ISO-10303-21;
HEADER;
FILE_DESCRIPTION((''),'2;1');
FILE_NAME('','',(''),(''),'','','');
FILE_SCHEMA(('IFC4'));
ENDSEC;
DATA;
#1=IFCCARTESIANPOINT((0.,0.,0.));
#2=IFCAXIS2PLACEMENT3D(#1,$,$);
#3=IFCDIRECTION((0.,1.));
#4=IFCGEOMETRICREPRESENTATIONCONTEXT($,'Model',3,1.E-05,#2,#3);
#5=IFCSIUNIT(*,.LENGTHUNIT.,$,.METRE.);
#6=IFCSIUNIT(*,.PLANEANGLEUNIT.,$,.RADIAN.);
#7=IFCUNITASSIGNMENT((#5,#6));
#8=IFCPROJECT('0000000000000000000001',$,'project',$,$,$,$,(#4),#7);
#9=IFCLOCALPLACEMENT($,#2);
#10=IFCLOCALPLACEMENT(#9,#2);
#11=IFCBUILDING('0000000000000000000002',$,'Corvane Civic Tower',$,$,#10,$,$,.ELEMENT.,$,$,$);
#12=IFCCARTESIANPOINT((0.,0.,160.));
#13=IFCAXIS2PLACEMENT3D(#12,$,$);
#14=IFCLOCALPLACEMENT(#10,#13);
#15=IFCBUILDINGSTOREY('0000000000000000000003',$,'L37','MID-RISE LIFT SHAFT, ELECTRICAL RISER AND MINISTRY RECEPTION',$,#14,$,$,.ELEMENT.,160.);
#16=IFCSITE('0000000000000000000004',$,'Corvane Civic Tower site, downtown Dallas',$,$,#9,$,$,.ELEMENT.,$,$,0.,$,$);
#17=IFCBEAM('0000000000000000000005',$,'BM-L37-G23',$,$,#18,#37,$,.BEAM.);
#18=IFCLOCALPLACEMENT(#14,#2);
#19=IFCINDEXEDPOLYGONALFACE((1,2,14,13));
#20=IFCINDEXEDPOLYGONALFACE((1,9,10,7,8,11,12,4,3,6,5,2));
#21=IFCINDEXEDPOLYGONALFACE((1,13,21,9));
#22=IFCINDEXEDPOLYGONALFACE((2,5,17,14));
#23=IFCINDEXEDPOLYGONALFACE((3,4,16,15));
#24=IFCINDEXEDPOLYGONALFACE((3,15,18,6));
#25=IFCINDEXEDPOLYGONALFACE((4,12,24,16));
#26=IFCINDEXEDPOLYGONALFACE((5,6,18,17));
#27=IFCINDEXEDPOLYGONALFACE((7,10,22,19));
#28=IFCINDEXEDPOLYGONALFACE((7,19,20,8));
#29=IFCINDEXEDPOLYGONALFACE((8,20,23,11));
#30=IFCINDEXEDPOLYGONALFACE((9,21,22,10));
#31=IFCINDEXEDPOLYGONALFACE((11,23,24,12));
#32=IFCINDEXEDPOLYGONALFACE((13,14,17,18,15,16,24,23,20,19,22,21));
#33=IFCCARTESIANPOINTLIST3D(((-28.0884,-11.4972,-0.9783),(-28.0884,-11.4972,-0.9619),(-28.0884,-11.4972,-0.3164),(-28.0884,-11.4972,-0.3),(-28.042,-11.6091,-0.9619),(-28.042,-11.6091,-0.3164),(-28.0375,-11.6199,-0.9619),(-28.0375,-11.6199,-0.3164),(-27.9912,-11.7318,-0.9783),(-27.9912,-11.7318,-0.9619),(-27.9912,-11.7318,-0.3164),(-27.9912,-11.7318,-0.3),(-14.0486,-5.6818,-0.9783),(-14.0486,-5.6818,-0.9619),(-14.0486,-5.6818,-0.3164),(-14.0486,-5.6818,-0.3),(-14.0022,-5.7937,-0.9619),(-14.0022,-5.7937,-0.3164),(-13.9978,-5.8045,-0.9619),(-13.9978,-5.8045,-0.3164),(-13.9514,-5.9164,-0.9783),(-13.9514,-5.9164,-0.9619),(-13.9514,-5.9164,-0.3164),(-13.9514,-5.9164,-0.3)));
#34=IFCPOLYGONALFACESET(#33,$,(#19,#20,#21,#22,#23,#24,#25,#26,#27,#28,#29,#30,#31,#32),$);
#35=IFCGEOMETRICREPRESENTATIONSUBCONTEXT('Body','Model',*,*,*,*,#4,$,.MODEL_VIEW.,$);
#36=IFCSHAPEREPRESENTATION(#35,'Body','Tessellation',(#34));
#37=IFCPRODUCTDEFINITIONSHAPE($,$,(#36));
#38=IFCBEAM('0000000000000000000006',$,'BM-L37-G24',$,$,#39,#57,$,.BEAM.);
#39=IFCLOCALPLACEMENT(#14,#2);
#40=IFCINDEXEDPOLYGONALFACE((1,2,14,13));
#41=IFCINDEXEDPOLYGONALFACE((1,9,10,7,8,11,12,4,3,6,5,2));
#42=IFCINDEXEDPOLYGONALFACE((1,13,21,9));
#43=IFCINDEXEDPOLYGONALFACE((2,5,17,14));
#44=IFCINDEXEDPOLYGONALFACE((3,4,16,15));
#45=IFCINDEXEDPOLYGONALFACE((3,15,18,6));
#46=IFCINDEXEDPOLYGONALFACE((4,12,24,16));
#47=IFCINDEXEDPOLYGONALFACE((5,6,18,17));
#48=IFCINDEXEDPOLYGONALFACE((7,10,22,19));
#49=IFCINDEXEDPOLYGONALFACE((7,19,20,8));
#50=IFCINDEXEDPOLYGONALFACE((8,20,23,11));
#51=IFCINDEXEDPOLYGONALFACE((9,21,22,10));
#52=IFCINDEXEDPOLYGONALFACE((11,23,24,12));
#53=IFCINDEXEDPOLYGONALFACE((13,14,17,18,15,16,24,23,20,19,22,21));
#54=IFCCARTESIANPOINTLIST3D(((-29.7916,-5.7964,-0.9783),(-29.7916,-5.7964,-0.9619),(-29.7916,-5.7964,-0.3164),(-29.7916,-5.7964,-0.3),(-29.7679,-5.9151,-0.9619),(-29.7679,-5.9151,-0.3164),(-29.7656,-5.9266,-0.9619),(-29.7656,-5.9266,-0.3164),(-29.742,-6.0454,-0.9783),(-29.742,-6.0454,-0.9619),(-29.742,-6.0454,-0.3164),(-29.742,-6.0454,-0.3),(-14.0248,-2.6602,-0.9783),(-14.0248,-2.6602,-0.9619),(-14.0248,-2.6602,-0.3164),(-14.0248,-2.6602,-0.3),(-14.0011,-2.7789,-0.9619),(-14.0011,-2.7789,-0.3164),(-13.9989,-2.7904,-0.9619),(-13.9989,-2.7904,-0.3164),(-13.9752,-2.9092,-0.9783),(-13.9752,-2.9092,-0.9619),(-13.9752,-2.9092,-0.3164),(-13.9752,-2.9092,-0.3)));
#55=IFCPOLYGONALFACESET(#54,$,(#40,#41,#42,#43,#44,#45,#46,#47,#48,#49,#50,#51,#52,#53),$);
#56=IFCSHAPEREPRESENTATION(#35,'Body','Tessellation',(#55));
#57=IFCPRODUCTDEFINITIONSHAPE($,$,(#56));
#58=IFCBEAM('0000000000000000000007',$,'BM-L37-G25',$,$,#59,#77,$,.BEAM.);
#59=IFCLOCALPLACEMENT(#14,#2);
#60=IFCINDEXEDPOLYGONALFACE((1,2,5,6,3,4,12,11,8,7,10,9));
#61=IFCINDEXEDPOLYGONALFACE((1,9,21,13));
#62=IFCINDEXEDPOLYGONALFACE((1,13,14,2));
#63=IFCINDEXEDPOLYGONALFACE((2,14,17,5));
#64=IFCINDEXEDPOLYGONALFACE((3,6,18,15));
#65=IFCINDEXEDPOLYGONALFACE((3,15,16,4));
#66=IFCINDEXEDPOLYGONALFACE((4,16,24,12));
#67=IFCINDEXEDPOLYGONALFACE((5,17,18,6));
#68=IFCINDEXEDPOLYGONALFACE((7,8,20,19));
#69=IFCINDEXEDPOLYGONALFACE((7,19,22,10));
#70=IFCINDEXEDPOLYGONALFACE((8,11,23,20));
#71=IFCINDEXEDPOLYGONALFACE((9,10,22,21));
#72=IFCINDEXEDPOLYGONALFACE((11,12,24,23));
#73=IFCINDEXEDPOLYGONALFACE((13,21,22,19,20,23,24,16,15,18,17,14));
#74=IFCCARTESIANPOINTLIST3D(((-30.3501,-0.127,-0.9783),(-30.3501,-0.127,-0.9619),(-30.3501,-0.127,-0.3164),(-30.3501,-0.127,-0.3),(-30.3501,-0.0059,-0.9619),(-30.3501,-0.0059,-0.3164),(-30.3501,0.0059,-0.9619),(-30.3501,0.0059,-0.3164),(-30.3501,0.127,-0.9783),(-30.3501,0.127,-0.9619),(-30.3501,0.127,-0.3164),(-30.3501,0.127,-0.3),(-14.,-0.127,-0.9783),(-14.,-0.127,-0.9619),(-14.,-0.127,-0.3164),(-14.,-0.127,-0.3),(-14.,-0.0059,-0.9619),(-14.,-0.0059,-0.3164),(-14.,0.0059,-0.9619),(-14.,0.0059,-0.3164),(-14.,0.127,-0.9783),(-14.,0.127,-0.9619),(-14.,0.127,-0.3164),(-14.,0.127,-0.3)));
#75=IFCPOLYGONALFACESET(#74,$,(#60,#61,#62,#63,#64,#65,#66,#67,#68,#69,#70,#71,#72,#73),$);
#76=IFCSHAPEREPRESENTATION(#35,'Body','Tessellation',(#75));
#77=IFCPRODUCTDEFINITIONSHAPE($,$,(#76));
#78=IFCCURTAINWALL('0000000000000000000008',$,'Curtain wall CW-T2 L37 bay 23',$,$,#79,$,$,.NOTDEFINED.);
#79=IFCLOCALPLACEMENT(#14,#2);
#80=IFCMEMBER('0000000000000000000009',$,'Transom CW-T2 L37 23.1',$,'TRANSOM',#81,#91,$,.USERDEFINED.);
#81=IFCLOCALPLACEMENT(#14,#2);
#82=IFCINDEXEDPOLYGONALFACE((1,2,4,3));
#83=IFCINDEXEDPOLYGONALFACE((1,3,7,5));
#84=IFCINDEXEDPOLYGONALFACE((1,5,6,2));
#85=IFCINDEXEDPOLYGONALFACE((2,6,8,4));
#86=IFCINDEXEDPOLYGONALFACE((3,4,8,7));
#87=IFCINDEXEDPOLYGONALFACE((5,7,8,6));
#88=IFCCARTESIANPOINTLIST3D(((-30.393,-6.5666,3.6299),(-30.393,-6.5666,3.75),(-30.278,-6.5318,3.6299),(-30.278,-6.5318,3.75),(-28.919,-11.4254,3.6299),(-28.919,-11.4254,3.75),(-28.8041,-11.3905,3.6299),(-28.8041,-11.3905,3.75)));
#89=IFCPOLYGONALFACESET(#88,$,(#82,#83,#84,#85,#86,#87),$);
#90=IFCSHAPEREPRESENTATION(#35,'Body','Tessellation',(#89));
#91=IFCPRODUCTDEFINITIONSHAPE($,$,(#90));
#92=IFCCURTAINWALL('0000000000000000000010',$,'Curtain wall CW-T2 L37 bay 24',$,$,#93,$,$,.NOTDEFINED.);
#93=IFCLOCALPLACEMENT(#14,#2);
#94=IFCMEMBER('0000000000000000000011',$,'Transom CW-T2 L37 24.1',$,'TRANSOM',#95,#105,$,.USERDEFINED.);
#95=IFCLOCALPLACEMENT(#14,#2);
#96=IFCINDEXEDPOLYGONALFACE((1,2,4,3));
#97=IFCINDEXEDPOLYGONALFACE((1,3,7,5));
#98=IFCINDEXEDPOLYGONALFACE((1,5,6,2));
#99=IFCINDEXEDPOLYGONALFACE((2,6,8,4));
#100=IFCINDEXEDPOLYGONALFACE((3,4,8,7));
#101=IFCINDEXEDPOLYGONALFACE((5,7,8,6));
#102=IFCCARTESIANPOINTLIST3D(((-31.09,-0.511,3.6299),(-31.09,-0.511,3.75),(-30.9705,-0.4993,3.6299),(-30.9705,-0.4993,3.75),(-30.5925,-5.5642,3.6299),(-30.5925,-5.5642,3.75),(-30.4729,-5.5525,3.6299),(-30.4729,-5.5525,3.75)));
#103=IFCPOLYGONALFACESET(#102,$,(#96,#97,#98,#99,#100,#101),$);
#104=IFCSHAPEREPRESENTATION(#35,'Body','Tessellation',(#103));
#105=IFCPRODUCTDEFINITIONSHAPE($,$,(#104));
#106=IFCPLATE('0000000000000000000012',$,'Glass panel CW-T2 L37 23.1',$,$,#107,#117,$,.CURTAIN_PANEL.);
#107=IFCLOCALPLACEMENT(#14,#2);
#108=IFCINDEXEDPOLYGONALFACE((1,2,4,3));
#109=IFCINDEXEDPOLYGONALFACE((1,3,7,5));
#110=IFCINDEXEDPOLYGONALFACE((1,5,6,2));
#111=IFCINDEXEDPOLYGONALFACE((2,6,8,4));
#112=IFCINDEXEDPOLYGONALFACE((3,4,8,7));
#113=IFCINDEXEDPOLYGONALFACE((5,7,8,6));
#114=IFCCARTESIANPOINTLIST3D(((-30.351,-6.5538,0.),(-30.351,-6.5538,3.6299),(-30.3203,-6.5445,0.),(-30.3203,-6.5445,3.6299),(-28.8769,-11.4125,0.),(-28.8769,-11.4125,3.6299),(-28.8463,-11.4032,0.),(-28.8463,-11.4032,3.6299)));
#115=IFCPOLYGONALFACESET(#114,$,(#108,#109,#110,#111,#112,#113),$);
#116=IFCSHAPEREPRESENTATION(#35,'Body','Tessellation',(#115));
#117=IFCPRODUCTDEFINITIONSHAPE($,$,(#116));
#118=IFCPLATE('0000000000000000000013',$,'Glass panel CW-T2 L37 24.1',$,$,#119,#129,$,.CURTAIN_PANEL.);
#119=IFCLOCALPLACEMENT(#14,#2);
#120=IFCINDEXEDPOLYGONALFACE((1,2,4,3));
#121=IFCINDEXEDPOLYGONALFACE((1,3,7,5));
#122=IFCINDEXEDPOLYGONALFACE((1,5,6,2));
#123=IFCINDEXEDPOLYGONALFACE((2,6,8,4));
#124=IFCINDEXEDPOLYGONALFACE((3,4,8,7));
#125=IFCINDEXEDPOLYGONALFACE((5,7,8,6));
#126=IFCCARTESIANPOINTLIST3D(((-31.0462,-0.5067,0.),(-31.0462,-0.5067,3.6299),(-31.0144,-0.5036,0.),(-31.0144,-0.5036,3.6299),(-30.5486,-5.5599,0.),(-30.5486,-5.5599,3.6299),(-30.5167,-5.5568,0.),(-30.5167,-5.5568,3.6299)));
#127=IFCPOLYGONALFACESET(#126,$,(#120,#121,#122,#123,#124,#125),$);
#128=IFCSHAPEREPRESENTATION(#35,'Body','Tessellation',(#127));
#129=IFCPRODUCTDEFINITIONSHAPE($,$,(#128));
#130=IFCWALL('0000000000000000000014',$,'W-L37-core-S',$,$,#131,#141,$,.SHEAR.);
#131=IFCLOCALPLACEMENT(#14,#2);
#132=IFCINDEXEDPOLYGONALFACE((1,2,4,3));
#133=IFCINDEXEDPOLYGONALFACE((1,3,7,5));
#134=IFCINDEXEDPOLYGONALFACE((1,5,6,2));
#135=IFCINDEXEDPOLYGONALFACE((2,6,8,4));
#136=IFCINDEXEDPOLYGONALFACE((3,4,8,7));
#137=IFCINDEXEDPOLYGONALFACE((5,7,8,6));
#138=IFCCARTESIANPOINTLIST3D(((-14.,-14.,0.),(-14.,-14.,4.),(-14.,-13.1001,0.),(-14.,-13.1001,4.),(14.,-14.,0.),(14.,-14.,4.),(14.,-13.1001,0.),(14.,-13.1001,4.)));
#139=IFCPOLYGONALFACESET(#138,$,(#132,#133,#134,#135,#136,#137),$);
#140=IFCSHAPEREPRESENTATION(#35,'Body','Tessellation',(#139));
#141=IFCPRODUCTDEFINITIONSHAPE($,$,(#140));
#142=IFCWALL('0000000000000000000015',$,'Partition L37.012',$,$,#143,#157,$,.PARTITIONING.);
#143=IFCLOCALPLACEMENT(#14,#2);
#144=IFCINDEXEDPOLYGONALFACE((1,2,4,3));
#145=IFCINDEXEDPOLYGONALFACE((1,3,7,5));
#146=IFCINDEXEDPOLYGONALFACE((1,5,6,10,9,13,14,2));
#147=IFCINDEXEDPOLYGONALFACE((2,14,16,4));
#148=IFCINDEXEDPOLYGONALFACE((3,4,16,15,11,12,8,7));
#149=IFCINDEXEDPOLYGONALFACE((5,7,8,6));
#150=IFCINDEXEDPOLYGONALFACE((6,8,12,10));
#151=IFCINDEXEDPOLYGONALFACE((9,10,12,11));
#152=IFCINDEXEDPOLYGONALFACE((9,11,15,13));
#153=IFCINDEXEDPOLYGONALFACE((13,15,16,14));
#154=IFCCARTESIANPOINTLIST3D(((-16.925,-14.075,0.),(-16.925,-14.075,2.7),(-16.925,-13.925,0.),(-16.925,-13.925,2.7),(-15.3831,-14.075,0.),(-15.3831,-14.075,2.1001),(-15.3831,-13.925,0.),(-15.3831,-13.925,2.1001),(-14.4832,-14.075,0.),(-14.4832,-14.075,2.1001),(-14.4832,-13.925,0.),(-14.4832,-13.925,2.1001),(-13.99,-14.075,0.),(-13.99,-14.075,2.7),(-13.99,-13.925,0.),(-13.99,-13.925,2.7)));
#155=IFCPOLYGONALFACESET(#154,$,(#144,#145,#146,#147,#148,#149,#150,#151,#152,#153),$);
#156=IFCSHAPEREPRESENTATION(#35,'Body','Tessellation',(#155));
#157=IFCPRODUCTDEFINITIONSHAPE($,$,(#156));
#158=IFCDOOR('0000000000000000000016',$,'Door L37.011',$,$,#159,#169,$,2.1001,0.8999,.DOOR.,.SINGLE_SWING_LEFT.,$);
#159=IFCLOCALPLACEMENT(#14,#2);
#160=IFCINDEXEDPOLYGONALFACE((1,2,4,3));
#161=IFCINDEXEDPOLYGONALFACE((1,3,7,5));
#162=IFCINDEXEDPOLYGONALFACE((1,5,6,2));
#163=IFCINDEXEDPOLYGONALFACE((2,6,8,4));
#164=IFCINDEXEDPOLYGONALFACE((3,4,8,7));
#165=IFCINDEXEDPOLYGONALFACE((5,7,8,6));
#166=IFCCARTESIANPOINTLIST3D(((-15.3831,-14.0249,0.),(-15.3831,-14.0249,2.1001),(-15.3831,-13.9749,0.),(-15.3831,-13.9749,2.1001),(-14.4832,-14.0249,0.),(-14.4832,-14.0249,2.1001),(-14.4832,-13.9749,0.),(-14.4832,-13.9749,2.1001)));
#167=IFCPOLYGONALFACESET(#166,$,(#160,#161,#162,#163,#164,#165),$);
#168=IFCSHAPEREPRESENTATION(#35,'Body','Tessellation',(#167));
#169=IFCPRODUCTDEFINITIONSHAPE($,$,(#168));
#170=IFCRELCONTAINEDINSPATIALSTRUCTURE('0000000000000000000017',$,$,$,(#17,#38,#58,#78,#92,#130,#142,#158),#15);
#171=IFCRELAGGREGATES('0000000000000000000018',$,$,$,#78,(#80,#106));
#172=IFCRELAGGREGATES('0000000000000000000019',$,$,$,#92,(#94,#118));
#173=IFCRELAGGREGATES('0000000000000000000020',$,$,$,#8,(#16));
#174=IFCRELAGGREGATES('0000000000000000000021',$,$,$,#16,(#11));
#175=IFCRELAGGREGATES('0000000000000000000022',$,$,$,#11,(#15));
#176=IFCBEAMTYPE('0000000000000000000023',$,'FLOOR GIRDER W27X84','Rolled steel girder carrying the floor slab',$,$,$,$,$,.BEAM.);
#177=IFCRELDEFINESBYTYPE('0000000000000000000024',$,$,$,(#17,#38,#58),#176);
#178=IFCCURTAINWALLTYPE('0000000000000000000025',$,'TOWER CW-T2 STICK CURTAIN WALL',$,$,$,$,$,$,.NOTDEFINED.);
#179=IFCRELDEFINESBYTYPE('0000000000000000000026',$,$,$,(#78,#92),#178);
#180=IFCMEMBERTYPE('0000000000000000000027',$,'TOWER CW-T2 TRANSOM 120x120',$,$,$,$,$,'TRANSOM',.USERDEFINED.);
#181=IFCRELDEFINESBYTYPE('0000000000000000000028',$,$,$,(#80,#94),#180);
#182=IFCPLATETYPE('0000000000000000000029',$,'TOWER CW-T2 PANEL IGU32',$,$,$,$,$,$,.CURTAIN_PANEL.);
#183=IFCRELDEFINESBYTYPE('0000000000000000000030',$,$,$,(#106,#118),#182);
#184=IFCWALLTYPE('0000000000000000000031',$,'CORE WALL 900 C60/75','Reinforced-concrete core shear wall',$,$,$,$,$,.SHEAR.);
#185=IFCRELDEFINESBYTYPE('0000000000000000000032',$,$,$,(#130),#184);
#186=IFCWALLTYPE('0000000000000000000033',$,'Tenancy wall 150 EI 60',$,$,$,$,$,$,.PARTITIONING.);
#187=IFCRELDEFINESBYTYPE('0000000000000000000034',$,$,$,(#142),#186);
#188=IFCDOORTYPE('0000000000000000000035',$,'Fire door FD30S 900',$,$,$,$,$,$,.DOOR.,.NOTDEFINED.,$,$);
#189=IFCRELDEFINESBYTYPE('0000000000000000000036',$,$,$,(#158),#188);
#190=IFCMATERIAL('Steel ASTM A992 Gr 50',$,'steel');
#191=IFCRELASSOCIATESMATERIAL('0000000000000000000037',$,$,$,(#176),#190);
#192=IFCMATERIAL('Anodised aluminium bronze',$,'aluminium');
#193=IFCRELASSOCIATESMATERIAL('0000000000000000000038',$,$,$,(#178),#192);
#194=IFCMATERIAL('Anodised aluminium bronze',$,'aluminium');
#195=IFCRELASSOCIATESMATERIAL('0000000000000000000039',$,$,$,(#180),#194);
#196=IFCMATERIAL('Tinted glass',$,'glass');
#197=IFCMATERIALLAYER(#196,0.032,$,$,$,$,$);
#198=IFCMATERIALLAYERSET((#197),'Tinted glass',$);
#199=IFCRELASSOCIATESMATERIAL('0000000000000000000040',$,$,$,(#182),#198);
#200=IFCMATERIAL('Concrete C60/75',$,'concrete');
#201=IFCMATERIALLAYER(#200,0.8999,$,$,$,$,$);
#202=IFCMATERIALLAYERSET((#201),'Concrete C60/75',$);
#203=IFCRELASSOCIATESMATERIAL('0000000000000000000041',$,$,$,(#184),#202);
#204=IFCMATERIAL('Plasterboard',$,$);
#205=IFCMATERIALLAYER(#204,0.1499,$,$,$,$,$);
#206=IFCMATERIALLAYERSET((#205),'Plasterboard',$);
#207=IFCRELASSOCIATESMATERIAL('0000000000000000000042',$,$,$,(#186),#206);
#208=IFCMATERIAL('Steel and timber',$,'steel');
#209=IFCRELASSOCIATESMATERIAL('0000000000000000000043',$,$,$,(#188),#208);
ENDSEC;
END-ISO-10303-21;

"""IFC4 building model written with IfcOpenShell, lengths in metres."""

from ifc_helpers import new_model, si_unit, direction, frame, frame_2d, origin, origin_2d, place, context, subcontext, project, spatial, rectangle, i_section, extrude, material, layer, layer_set, material_profile, profile_set, type_object, element, fill, aggregate, save


model = new_model("IFC4")

# Units and contexts
model_context = context("Model", 3, precision=1e-05, world=origin(), true_north=direction((0.0, 1.0)))
body_context = subcontext(model_context, "Body", "Model", "MODEL_VIEW")
ifc_project = project(units=[si_unit("LENGTHUNIT", "METRE"), si_unit("PLANEANGLEUNIT", "RADIAN")], contexts=[model_context])

# Site, building, storey
site_placement = place(None, origin())
site = spatial("IfcSite", under=ifc_project, at=site_placement, Name="Corvane Civic Tower site, downtown Dallas", CompositionType="ELEMENT", RefElevation=0.0)
building_placement = place(site_placement, origin())
building = spatial("IfcBuilding", under=site, at=building_placement, Name="Corvane Civic Tower", CompositionType="ELEMENT")
storey_placement = place(building_placement, frame((0.0, 0.0, 160.0)))
storey = spatial("IfcBuildingStorey", under=building, at=storey_placement, Name="L37", Description="MID-RISE LIFT SHAFT, ELECTRICAL RISER AND MINISTRY RECEPTION", CompositionType="ELEMENT", Elevation=160.0)

# Beams
ifc_material_1 = material(Name="Steel ASTM A992 Gr 50", Category="steel")
ifc_material_profile_1 = material_profile(ifc_material_1, i_section(OverallWidth=0.2539, OverallDepth=0.6782, WebThickness=0.0117, FlangeThickness=0.0164, at=origin_2d()), Name="W27X84")
ifc_profile_set_1 = profile_set([ifc_material_profile_1], Name="Steel ASTM A992 Gr 50")
beam_type_1 = type_object("IfcBeamType", Name="FLOOR GIRDER W27X84", Description="Rolled steel girder carrying the floor slab", PredefinedType="BEAM", material=ifc_profile_set_1)
beam_1_placement = place(storey_placement, frame((-14.0, -5.7991, -0.6392), z_axis=(-0.923881, -0.382681, 0.0), x_axis=(0.382681, -0.923881, 0.0)))
element("IfcBeam", 1, at=beam_1_placement, inside=storey, type_object=beam_type_1, Name="BM-L37-G23", PredefinedType="BEAM", context=body_context, shape_type="SweptSolid", body=[
    extrude(i_section(OverallWidth=0.2539, OverallDepth=0.6782, WebThickness=0.0117, FlangeThickness=0.0164, at=origin_2d()), origin(), (0.0, 0.0, 1.0), 15.1965),
])
beam_2_placement = place(storey_placement, frame((-14.0, -2.7847, -0.6392), z_axis=(-0.980785, -0.195091, 0.0), x_axis=(0.195091, -0.980785, 0.0)))
element("IfcBeam", 2, at=beam_2_placement, inside=storey, type_object=beam_type_1, Name="BM-L37-G24", PredefinedType="BEAM", context=body_context, shape_type="SweptSolid", body=[
    extrude(i_section(OverallWidth=0.2539, OverallDepth=0.6782, WebThickness=0.0117, FlangeThickness=0.0164, at=origin_2d()), origin(), (0.0, 0.0, 1.0), 16.0757),
])
beam_3_placement = place(storey_placement, frame((-14.0, 0.0, -0.6392), z_axis=(-1.0, 0.0, 0.0), x_axis=(0.0, -1.0, 0.0)))
element("IfcBeam", 3, at=beam_3_placement, inside=storey, type_object=beam_type_1, Name="BM-L37-G25", PredefinedType="BEAM", context=body_context, shape_type="SweptSolid", body=[
    extrude(i_section(OverallWidth=0.2539, OverallDepth=0.6782, WebThickness=0.0117, FlangeThickness=0.0164, at=origin_2d()), origin(), (0.0, 0.0, 1.0), 16.3501),
])

# Curtain walls, members
ifc_material_2 = material(Name="Anodised aluminium bronze", Category="aluminium")
curtain_wall_type = type_object("IfcCurtainWallType", Name="TOWER CW-T2 STICK CURTAIN WALL", PredefinedType="NOTDEFINED", material=ifc_material_2)
curtain_wall_1_placement = place(storey_placement, origin())
curtain_wall_1 = element("IfcCurtainWall", 4, at=curtain_wall_1_placement, inside=storey, type_object=curtain_wall_type, Name="Curtain wall CW-T2 L37 bay 23", PredefinedType="NOTDEFINED")
ifc_material_3 = material(Name="Anodised aluminium bronze", Category="aluminium")
ifc_material_profile_2 = material_profile(ifc_material_3, rectangle(XDim=0.1201, YDim=0.1201, at=origin_2d()), Name="TOWER CW-T2 TRANSOM 120x120")
ifc_profile_set_2 = profile_set([ifc_material_profile_2], Name="Anodised aluminium bronze")
member_type = type_object("IfcMemberType", Name="TOWER CW-T2 TRANSOM 120x120", ElementType="TRANSOM", PredefinedType="USERDEFINED", material=ifc_profile_set_2)
member_1_placement = place(storey_placement, frame((-28.8616, -11.408, 3.6899), z_axis=(-0.290289, 0.956939, 0.0), x_axis=(-0.956939, -0.290289, 0.0)))
member_1 = element("IfcMember", 5, at=member_1_placement, type_object=member_type, Name="Transom CW-T2 L37 23.1", ObjectType="TRANSOM", PredefinedType="USERDEFINED", context=body_context, shape_type="SweptSolid", body=[
    extrude(rectangle(XDim=0.1201, YDim=0.1201, at=origin_2d()), origin(), (0.0, 0.0, 1.0), 5.0774),
])
curtain_wall_2_placement = place(storey_placement, origin())
curtain_wall_2 = element("IfcCurtainWall", 6, at=curtain_wall_2_placement, inside=storey, type_object=curtain_wall_type, Name="Curtain wall CW-T2 L37 bay 24", PredefinedType="NOTDEFINED")
member_2_placement = place(storey_placement, frame((-30.5327, -5.5583, 3.6899), z_axis=(-0.09799, 0.995187, 0.0), x_axis=(-0.995187, -0.09799, 0.0)))
member_2 = element("IfcMember", 7, at=member_2_placement, type_object=member_type, Name="Transom CW-T2 L37 24.1", ObjectType="TRANSOM", PredefinedType="USERDEFINED", context=body_context, shape_type="SweptSolid", body=[
    extrude(rectangle(XDim=0.1201, YDim=0.1201, at=origin_2d()), origin(), (0.0, 0.0, 1.0), 5.0776),
])

# Plates
ifc_material_4 = material(Name="Tinted glass", Category="glass")
ifc_layer_1 = layer(ifc_material_4, 0.032)
ifc_layer_set_1 = layer_set([ifc_layer_1], Name="Tinted glass")
plate_type = type_object("IfcPlateType", Name="TOWER CW-T2 PANEL IGU32", PredefinedType="CURTAIN_PANEL", material=ifc_layer_set_1)
plate_1_placement = place(storey_placement, frame((-29.5986, -8.9785, 0.0), z_axis=(0.0, 0.0, 1.0), x_axis=(-0.290313, 0.956932, 0.0)))
plate_1 = element("IfcPlate", 8, at=plate_1_placement, type_object=plate_type, Name="Glass panel CW-T2 L37 23.1", PredefinedType="CURTAIN_PANEL", context=body_context, shape_type="SweptSolid", body=[
    extrude(rectangle(XDim=5.0774, YDim=0.032, at=origin_2d()), origin(), (0.0, 0.0, 1.0), 3.6299),
])
aggregate(curtain_wall_1, [member_1, plate_1])
plate_2_placement = place(storey_placement, frame((-30.7815, -3.0317, 0.0), z_axis=(0.0, 0.0, 1.0), x_axis=(-0.098012, 0.995185, 0.0)))
plate_2 = element("IfcPlate", 9, at=plate_2_placement, type_object=plate_type, Name="Glass panel CW-T2 L37 24.1", PredefinedType="CURTAIN_PANEL", context=body_context, shape_type="SweptSolid", body=[
    extrude(rectangle(XDim=5.0776, YDim=0.032, at=origin_2d()), origin(), (0.0, 0.0, 1.0), 3.6299),
])
aggregate(curtain_wall_2, [member_2, plate_2])

# Wall
ifc_material_5 = material(Name="Concrete C60/75", Category="concrete")
ifc_layer_2 = layer(ifc_material_5, 0.8999)
ifc_layer_set_2 = layer_set([ifc_layer_2], Name="Concrete C60/75")
wall_type_1 = type_object("IfcWallType", Name="CORE WALL 900 C60/75", Description="Reinforced-concrete core shear wall", PredefinedType="SHEAR", material=ifc_layer_set_2)
wall_1_placement = place(storey_placement, frame((-14.0, -13.55, 0.0), z_axis=(0.0, 0.0, 1.0), x_axis=(1.0, 0.0, 0.0)))
element("IfcWall", 10, at=wall_1_placement, inside=storey, type_object=wall_type_1, Name="W-L37-core-S", PredefinedType="SHEAR", context=body_context, shape_type="SweptSolid", body=[
    extrude(rectangle(XDim=28.0, YDim=0.8999, at=frame_2d((14.0, 0.0))), origin(), (0.0, 0.0, 1.0), 4.0),
])

# Wall, opening, door
ifc_material_6 = material(Name="Plasterboard")
ifc_layer_3 = layer(ifc_material_6, 0.1499)
ifc_layer_set_3 = layer_set([ifc_layer_3], Name="Plasterboard")
wall_type_2 = type_object("IfcWallType", Name="Tenancy wall 150 EI 60", PredefinedType="PARTITIONING", material=ifc_layer_set_3)
wall_2_placement = place(storey_placement, frame((-16.925, -14.0, 0.0), z_axis=(0.0, 0.0, 1.0), x_axis=(1.0, 0.0, 0.0)))
wall_2 = element("IfcWall", 11, at=wall_2_placement, inside=storey, type_object=wall_type_2, Name="Partition L37.012", PredefinedType="PARTITIONING", context=body_context, shape_type="SweptSolid", body=[
    extrude(rectangle(XDim=2.9351, YDim=0.1499, at=frame_2d((1.4675, 0.0))), origin(), (0.0, 0.0, 1.0), 2.7),
])
opening_1_placement = place(wall_2_placement, frame((1.542, 0.0, 0.0)))
opening_1 = element("IfcOpeningElement", 12, at=opening_1_placement, cuts=wall_2, PredefinedType="OPENING", context=body_context, shape_type="SweptSolid", body=[
    extrude(rectangle(XDim=0.8999, YDim=2.1001, at=frame_2d((0.45, 1.05))), frame((0.0, 0.085, 0.0), z_axis=(0.0, -1.0, 0.0), x_axis=(1.0, 0.0, 0.0)), (0.0, 0.0, 1.0), 0.1699),
])
ifc_material_7 = material(Name="Steel and timber", Category="steel")
door_type_1 = type_object("IfcDoorType", Name="Fire door FD30S 900", OperationType="NOTDEFINED", PredefinedType="DOOR", material=ifc_material_7)
door_1_placement = place(opening_1_placement, frame((0.8999, 0.0, 0.0), z_axis=(0.0, 0.0, 1.0), x_axis=(-1.0, 0.0, 0.0)))
door_1 = element("IfcDoor", 13, at=door_1_placement, inside=storey, type_object=door_type_1, Name="Door L37.011", OperationType="SINGLE_SWING_LEFT", OverallHeight=2.1001, OverallWidth=0.8999, PredefinedType="DOOR", context=body_context, shape_type="SweptSolid", body=[
    extrude(rectangle(XDim=0.8999, YDim=2.1001, at=frame_2d((0.45, 1.05))), frame((0.0, 0.0249, 0.0), z_axis=(0.0, -1.0, 0.0), x_axis=(1.0, 0.0, 0.0)), (0.0, 0.0, 1.0), 0.05),
])
fill(opening_1, door_1)

save(model, "model.ifc")
